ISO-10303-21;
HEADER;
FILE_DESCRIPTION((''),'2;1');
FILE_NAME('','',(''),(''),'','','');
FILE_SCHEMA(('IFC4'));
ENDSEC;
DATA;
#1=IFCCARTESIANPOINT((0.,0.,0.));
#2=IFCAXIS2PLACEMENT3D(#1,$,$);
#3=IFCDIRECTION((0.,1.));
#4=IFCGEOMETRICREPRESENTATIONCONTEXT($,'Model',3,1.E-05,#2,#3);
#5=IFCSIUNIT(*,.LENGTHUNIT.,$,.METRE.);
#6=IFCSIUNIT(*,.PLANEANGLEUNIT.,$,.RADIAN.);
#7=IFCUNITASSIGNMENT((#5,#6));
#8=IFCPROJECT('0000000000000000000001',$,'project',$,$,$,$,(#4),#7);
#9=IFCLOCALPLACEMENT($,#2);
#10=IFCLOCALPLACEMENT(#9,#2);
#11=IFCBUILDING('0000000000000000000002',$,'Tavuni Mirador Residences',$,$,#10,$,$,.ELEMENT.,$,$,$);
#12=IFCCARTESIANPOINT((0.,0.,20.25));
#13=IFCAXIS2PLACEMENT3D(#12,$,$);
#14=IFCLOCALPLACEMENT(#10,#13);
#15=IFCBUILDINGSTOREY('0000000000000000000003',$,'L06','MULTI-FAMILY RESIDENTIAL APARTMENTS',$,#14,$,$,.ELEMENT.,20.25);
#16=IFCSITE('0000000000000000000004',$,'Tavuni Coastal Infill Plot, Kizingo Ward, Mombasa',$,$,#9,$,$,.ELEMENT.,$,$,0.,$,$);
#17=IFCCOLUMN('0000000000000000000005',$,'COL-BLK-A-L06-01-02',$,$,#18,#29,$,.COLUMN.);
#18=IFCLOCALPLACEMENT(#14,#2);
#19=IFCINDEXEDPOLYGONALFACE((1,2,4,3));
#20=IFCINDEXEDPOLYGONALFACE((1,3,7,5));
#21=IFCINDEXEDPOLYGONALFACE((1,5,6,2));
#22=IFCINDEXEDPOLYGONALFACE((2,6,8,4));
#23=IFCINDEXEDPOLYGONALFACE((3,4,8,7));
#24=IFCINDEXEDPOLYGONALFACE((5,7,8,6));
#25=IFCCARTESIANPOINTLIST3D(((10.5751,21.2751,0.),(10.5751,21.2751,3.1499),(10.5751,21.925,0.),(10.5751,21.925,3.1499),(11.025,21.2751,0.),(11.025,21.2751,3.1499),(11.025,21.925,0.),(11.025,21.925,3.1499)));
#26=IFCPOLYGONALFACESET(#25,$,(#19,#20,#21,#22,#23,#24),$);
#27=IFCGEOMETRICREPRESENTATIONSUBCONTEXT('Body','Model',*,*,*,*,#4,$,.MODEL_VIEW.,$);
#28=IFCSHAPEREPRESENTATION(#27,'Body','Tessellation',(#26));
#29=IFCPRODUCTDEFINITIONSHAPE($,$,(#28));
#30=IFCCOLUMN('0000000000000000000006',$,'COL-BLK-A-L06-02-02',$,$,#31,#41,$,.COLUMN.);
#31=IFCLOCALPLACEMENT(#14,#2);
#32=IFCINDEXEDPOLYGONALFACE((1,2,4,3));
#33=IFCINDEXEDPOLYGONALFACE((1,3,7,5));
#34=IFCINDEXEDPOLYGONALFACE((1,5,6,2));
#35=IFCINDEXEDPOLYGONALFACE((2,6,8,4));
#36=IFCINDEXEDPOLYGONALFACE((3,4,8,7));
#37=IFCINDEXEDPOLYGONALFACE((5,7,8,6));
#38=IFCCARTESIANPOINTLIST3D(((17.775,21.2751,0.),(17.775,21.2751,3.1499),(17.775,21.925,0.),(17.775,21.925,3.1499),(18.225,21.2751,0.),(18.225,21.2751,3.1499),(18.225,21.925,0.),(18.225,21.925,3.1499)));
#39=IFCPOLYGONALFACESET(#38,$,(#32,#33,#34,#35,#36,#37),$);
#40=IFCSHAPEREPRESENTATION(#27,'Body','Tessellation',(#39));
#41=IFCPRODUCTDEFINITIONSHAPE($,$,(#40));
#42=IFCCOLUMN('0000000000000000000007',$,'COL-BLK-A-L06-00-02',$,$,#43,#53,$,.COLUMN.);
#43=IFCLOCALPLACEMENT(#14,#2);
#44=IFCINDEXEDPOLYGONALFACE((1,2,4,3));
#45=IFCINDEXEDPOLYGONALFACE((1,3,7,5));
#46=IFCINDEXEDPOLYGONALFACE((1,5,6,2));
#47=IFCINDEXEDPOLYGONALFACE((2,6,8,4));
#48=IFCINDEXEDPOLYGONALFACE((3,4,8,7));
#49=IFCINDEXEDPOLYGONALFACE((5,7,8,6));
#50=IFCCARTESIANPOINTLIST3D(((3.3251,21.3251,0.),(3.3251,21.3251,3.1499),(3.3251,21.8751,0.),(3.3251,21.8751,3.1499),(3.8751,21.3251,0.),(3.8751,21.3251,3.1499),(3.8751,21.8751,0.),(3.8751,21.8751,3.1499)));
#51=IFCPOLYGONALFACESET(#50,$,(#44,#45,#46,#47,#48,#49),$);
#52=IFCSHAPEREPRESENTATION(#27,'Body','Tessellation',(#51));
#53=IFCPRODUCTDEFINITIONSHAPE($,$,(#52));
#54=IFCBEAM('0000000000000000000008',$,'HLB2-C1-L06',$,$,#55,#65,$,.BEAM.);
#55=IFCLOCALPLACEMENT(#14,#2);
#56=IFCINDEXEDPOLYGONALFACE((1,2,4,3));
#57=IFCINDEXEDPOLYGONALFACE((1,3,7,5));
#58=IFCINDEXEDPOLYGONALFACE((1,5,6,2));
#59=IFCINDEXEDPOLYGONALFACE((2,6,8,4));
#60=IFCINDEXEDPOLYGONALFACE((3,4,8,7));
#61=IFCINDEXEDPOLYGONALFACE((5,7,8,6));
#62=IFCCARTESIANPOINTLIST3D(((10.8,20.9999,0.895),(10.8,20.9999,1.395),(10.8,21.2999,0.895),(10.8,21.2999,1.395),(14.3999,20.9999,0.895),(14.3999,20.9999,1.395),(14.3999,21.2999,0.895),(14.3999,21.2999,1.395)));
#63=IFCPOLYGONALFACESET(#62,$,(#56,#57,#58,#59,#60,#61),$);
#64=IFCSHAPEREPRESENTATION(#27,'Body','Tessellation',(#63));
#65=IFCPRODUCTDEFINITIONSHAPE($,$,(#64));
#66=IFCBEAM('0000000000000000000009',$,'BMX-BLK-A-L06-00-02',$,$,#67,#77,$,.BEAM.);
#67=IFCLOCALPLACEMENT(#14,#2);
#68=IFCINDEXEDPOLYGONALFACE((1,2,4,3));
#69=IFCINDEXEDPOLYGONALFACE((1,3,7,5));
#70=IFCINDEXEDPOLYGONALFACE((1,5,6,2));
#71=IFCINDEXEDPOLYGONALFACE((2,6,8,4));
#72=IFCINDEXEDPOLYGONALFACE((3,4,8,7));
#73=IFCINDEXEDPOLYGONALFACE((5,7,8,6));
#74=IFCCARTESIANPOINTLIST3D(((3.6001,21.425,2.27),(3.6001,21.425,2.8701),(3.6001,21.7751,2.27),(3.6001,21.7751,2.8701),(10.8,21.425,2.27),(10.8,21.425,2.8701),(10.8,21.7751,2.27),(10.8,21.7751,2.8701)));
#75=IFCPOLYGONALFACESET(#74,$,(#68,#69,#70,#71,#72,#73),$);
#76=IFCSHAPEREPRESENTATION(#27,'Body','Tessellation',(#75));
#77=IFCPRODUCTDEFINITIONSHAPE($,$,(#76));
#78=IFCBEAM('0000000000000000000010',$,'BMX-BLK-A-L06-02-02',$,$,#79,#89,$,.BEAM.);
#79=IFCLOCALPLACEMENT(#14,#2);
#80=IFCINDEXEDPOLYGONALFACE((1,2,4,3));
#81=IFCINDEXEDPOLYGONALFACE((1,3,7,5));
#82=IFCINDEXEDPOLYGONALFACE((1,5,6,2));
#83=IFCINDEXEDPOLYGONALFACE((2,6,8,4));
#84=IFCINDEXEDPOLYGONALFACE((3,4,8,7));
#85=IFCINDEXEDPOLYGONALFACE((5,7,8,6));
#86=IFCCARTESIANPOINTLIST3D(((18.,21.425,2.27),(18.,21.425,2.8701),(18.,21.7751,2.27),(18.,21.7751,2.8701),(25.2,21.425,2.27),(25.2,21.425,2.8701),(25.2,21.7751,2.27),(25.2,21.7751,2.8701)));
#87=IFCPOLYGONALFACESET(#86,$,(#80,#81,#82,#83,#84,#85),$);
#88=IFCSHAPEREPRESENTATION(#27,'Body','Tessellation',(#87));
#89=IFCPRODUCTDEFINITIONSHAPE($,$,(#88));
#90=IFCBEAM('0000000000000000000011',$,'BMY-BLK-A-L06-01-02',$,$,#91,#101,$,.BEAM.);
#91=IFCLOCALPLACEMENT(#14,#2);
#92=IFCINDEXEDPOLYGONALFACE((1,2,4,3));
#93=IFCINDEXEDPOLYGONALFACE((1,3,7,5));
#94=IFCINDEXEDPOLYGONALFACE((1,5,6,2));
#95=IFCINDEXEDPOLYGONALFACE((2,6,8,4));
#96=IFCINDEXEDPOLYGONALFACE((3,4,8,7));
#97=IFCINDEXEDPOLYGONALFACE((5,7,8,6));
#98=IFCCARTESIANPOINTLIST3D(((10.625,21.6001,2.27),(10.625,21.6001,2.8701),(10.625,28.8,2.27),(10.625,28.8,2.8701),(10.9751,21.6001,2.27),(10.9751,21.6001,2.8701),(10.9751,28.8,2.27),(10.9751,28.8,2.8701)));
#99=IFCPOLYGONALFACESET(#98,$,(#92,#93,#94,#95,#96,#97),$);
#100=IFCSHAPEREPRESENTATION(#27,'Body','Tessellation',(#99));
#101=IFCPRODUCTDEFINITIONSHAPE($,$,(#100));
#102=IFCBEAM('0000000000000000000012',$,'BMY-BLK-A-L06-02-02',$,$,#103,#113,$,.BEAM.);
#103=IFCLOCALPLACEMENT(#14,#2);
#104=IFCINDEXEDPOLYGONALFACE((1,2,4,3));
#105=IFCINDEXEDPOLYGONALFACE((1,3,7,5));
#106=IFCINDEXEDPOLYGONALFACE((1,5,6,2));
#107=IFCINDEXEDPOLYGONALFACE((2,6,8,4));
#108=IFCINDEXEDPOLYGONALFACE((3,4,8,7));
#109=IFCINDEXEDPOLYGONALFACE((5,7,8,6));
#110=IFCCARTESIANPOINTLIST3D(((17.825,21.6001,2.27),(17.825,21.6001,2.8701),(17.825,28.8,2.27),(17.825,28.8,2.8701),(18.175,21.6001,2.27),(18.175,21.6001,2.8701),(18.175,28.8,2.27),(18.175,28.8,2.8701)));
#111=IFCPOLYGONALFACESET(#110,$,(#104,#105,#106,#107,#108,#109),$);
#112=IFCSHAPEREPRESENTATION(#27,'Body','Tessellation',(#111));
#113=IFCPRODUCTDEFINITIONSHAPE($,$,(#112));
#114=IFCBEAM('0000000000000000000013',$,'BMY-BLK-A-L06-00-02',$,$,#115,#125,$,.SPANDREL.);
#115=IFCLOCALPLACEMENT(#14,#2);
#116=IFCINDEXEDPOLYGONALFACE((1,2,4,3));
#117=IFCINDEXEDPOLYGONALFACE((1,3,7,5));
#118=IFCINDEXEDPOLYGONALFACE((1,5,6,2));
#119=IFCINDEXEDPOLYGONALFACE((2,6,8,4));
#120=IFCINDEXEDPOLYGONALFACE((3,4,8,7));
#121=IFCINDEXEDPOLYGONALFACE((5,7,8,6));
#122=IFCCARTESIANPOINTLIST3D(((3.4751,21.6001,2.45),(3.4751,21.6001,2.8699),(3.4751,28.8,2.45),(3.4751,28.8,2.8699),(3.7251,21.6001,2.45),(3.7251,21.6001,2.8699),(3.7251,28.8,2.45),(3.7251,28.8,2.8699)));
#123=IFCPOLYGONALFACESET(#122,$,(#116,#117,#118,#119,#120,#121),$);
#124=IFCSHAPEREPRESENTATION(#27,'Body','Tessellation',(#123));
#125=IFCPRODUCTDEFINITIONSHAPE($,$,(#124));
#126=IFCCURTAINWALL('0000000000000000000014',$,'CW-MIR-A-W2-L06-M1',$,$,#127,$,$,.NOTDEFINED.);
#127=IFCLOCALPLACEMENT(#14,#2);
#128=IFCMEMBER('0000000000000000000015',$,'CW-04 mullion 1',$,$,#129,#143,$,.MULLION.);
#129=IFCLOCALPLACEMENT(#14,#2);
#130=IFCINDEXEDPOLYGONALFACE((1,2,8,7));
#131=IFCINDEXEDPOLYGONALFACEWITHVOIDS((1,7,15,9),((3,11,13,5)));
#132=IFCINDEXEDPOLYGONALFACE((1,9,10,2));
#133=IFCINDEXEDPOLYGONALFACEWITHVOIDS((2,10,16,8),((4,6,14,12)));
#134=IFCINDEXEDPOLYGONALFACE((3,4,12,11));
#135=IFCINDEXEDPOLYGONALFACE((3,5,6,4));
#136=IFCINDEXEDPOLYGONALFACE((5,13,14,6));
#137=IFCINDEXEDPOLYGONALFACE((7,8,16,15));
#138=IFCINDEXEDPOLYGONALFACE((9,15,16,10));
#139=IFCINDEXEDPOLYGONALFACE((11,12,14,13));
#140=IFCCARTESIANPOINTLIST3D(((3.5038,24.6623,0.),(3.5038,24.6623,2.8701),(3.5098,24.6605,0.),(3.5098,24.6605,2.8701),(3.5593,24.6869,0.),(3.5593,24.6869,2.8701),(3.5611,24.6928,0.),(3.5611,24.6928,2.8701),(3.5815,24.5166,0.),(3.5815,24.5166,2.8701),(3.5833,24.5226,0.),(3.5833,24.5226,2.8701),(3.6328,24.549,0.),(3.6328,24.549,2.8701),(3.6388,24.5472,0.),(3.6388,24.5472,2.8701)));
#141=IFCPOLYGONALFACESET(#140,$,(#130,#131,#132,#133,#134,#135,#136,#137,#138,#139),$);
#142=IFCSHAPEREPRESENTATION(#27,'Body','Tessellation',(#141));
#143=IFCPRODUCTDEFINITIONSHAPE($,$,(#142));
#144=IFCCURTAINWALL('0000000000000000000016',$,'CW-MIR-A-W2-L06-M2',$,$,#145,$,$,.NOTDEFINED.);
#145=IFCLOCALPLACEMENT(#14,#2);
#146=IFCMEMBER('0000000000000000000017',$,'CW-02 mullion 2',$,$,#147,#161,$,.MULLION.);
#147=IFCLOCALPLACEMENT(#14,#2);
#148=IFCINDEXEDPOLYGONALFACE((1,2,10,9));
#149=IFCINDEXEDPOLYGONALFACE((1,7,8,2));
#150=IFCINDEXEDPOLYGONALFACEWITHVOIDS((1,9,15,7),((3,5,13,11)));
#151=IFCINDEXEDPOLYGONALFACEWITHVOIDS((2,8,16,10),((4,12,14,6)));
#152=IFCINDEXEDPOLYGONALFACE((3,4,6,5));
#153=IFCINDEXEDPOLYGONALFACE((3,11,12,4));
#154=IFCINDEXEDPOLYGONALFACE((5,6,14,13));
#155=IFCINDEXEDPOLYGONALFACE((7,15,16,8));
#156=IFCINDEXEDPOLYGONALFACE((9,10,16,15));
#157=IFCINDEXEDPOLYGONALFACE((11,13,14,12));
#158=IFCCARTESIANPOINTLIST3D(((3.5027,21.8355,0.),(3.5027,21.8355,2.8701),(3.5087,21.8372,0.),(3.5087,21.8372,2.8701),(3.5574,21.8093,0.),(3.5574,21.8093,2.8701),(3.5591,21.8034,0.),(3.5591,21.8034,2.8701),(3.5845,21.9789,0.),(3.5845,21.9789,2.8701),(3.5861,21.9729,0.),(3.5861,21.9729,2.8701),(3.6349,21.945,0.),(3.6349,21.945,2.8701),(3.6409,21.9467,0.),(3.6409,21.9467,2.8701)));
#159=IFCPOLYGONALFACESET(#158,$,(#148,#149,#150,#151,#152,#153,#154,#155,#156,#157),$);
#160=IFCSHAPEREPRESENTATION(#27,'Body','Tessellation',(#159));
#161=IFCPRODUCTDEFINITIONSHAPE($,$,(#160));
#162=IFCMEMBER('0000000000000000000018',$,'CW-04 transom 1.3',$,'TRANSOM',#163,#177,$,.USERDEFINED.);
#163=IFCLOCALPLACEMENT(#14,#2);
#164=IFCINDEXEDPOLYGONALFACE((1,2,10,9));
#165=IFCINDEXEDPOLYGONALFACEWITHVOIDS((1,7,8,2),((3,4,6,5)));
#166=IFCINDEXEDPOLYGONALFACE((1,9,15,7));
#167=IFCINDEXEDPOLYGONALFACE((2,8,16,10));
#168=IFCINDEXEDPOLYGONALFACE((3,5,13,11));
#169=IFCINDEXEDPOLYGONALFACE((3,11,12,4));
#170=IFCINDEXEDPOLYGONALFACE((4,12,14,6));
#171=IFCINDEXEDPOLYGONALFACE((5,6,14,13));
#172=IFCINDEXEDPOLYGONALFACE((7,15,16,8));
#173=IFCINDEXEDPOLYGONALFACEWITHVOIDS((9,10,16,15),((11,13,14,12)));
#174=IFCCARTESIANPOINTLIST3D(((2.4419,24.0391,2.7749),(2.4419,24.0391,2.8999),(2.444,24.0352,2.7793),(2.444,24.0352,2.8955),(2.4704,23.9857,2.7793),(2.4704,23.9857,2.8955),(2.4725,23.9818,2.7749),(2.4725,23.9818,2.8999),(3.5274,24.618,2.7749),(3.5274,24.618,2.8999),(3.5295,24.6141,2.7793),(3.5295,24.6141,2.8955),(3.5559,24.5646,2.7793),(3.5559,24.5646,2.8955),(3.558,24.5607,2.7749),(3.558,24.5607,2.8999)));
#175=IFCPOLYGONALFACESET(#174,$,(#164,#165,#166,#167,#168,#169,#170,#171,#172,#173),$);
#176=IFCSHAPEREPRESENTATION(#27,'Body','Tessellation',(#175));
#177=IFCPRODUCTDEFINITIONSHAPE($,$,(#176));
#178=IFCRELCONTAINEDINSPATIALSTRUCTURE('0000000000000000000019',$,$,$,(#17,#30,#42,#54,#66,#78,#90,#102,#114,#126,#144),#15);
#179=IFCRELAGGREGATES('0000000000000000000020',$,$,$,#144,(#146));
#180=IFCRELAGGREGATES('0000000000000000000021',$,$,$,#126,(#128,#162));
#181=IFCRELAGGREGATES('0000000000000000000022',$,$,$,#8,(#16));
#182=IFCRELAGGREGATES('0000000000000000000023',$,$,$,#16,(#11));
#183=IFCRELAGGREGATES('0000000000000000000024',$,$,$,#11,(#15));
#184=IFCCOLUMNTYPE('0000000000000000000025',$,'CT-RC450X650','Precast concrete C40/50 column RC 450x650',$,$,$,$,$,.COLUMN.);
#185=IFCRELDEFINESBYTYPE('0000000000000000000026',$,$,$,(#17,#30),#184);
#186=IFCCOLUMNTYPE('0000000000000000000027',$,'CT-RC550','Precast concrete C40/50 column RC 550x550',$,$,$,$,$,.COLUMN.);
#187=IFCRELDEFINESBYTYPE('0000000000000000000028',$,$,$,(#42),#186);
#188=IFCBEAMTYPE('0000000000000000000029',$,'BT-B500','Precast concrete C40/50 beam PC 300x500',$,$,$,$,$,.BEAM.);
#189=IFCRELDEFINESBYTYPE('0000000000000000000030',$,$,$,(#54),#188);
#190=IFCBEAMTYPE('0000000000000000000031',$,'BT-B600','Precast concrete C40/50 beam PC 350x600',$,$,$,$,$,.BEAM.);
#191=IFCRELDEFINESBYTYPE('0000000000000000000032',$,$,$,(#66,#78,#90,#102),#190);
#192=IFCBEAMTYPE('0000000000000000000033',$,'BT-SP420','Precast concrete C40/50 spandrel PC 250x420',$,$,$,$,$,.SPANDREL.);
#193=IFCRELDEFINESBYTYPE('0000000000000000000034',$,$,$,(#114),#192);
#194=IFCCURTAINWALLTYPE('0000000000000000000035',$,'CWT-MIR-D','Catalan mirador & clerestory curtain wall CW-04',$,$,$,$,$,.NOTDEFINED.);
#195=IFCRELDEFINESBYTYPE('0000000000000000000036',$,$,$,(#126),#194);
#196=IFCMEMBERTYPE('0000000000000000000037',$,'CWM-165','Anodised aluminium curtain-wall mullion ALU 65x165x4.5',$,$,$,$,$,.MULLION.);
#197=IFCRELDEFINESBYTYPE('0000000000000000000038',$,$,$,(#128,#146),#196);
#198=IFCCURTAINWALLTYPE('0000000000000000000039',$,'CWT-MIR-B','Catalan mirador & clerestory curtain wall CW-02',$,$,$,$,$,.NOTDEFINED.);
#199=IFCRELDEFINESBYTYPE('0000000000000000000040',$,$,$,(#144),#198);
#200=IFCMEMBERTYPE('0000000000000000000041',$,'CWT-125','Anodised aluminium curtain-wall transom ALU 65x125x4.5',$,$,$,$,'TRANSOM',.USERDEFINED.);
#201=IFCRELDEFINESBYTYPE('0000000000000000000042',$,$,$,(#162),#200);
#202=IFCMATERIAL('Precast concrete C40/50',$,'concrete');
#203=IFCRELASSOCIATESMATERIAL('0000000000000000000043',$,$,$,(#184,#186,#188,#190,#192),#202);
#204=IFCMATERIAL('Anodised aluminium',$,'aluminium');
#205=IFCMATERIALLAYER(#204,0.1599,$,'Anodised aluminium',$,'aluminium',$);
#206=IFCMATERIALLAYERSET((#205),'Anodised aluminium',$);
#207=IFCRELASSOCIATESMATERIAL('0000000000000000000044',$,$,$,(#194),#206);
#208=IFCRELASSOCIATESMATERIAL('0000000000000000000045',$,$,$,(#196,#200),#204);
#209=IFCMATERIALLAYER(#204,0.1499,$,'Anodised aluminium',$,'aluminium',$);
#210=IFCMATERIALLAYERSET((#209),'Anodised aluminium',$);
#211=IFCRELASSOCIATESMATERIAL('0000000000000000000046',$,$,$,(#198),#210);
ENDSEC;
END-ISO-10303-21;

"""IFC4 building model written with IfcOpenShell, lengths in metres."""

from ifc_helpers import new_model, si_unit, direction, frame, origin, origin_2d, place, context, subcontext, project, spatial, rectangle, hollow_rectangle, extrude, material, layer, layer_set, material_profile, profile_set, type_object, element, aggregate, save


model = new_model("IFC4")

# Units and contexts
model_context = context("Model", 3, precision=1e-05, world=origin(), true_north=direction((0.0, 1.0)))
body_context = subcontext(model_context, "Body", "Model", "MODEL_VIEW")
ifc_project = project(units=[si_unit("LENGTHUNIT", "METRE"), si_unit("PLANEANGLEUNIT", "RADIAN")], contexts=[model_context])

# Site, building, storey
site_placement = place(None, origin())
site = spatial("IfcSite", under=ifc_project, at=site_placement, Name="Tavuni Coastal Infill Plot, Kizingo Ward, Mombasa", CompositionType="ELEMENT", RefElevation=0.0)
building_placement = place(site_placement, origin())
building = spatial("IfcBuilding", under=site, at=building_placement, Name="Tavuni Mirador Residences", CompositionType="ELEMENT")
storey_placement = place(building_placement, frame((0.0, 0.0, 20.25)))
storey = spatial("IfcBuildingStorey", under=building, at=storey_placement, Name="L06", Description="MULTI-FAMILY RESIDENTIAL APARTMENTS", CompositionType="ELEMENT", Elevation=20.25)

# Columns
ifc_material_1 = material(Name="Precast concrete C40/50", Category="concrete")
ifc_material_profile_1 = material_profile(ifc_material_1, rectangle(XDim=0.45, YDim=0.6499, at=origin_2d()), Name="RC 450x650", Category="concrete")
ifc_profile_set_1 = profile_set([ifc_material_profile_1], Name="Precast concrete C40/50")
column_type_1 = type_object("IfcColumnType", Name="CT-RC450X650", Description="Precast concrete C40/50 column RC 450x650", PredefinedType="COLUMN", material=ifc_profile_set_1)
for number, where, z_axis, x_axis, name in (
    (1, (10.8, 21.6001, 0.0), (0.0, 0.0, 1.0), (1.0, 0.0, 0.0), "COL-BLK-A-L06-01-02"),
    (2, (18.0, 21.6001, 0.0), (0.0, 0.0, 1.0), (1.0, 0.0, 0.0), "COL-BLK-A-L06-02-02"),
):
    element("IfcColumn", number, at=place(storey_placement, frame(where, z_axis=z_axis, x_axis=x_axis)), inside=storey, type_object=column_type_1, Name=name, PredefinedType="COLUMN", context=body_context, shape_type="SweptSolid", body=[
        extrude(rectangle(XDim=0.45, YDim=0.6499, at=origin_2d()), origin(), (0.0, 0.0, 1.0), 3.1499),
    ])
ifc_material_profile_2 = material_profile(ifc_material_1, rectangle(XDim=0.55, YDim=0.55, at=origin_2d()), Name="RC 550x550", Category="concrete")
ifc_profile_set_2 = profile_set([ifc_material_profile_2], Name="Precast concrete C40/50")
column_type_2 = type_object("IfcColumnType", Name="CT-RC550", Description="Precast concrete C40/50 column RC 550x550", PredefinedType="COLUMN", material=ifc_profile_set_2)
column_placement = place(storey_placement, frame((3.6001, 21.6001, 0.0), z_axis=(0.0, 0.0, 1.0), x_axis=(1.0, 0.0, 0.0)))
element("IfcColumn", 3, at=column_placement, inside=storey, type_object=column_type_2, Name="COL-BLK-A-L06-00-02", PredefinedType="COLUMN", context=body_context, shape_type="SweptSolid", body=[
    extrude(rectangle(XDim=0.55, YDim=0.55, at=origin_2d()), origin(), (0.0, 0.0, 1.0), 3.1499),
])

# Beams
ifc_material_profile_3 = material_profile(ifc_material_1, rectangle(XDim=0.3, YDim=0.5, at=origin_2d()), Name="PC 300x500", Category="concrete")
ifc_profile_set_3 = profile_set([ifc_material_profile_3], Name="Precast concrete C40/50")
beam_type_1 = type_object("IfcBeamType", Name="BT-B500", Description="Precast concrete C40/50 beam PC 300x500", PredefinedType="BEAM", material=ifc_profile_set_3)
beam_1_placement = place(storey_placement, frame((10.8, 21.1499, 1.145), z_axis=(1.0, 0.0, 0.0), x_axis=(0.0, 1.0, 0.0)))
element("IfcBeam", 4, at=beam_1_placement, inside=storey, type_object=beam_type_1, Name="HLB2-C1-L06", PredefinedType="BEAM", context=body_context, shape_type="SweptSolid", body=[
    extrude(rectangle(XDim=0.3, YDim=0.5, at=origin_2d()), origin(), (0.0, 0.0, 1.0), 3.5999),
])
ifc_material_profile_4 = material_profile(ifc_material_1, rectangle(XDim=0.3501, YDim=0.6001, at=origin_2d()), Name="PC 350x600", Category="concrete")
ifc_profile_set_4 = profile_set([ifc_material_profile_4], Name="Precast concrete C40/50")
beam_type_2 = type_object("IfcBeamType", Name="BT-B600", Description="Precast concrete C40/50 beam PC 350x600", PredefinedType="BEAM", material=ifc_profile_set_4)
for number, where, z_axis, x_axis, name in (
    (5, (3.6001, 21.6001, 2.5701), (1.0, 0.0, 0.0), (0.0, 1.0, 0.0), "BMX-BLK-A-L06-00-02"),
    (6, (18.0, 21.6001, 2.5701), (1.0, 0.0, 0.0), (0.0, 1.0, 0.0), "BMX-BLK-A-L06-02-02"),
    (7, (10.8, 21.6001, 2.5701), (0.0, 1.0, 0.0), (-1.0, 0.0, 0.0), "BMY-BLK-A-L06-01-02"),
    (8, (18.0, 21.6001, 2.5701), (0.0, 1.0, 0.0), (-1.0, 0.0, 0.0), "BMY-BLK-A-L06-02-02"),
):
    element("IfcBeam", number, at=place(storey_placement, frame(where, z_axis=z_axis, x_axis=x_axis)), inside=storey, type_object=beam_type_2, Name=name, PredefinedType="BEAM", context=body_context, shape_type="SweptSolid", body=[
        extrude(rectangle(XDim=0.3501, YDim=0.6001, at=origin_2d()), origin(), (0.0, 0.0, 1.0), 7.2),
    ])
ifc_material_profile_5 = material_profile(ifc_material_1, rectangle(XDim=0.25, YDim=0.4199, at=origin_2d()), Name="PC 250x420", Category="concrete")
ifc_profile_set_5 = profile_set([ifc_material_profile_5], Name="Precast concrete C40/50")
beam_type_3 = type_object("IfcBeamType", Name="BT-SP420", Description="Precast concrete C40/50 spandrel PC 250x420", PredefinedType="SPANDREL", material=ifc_profile_set_5)
beam_2_placement = place(storey_placement, frame((3.6001, 21.6001, 2.6599), z_axis=(0.0, 1.0, 0.0), x_axis=(-1.0, 0.0, 0.0)))
element("IfcBeam", 9, at=beam_2_placement, inside=storey, type_object=beam_type_3, Name="BMY-BLK-A-L06-00-02", PredefinedType="SPANDREL", context=body_context, shape_type="SweptSolid", body=[
    extrude(rectangle(XDim=0.25, YDim=0.4199, at=origin_2d()), origin(), (0.0, 0.0, 1.0), 7.2),
])

# Curtain walls, members
ifc_material_2 = material(Name="Anodised aluminium", Category="aluminium")
ifc_layer_1 = layer(ifc_material_2, 0.1599, Name="Anodised aluminium", Category="aluminium")
ifc_layer_set_1 = layer_set([ifc_layer_1], Name="Anodised aluminium")
curtain_wall_type_1 = type_object("IfcCurtainWallType", Name="CWT-MIR-D", Description="Catalan mirador & clerestory curtain wall CW-04", PredefinedType="NOTDEFINED", material=ifc_layer_set_1)
curtain_wall_1_placement = place(storey_placement, origin())
curtain_wall_1 = element("IfcCurtainWall", 10, at=curtain_wall_1_placement, inside=storey, type_object=curtain_wall_type_1, Name="CW-MIR-A-W2-L06-M1", PredefinedType="NOTDEFINED")
ifc_material_profile_6 = material_profile(ifc_material_2, hollow_rectangle(XDim=0.0649, YDim=0.165, WallThickness=0.0044, at=origin_2d()), Name="ALU 65x165x4.5", Category="aluminium")
ifc_profile_set_6 = profile_set([ifc_material_profile_6], Name="Anodised aluminium")
member_type_1 = type_object("IfcMemberType", Name="CWM-165", Description="Anodised aluminium curtain-wall mullion ALU 65x165x4.5", PredefinedType="MULLION", material=ifc_profile_set_6)
member_1_placement = place(storey_placement, frame((3.5713, 24.6047, 0.0), z_axis=(0.0, 0.0, 1.0), x_axis=(-0.882353, -0.470588, 0.0)))
member_1 = element("IfcMember", 11, at=member_1_placement, type_object=member_type_1, Name="CW-04 mullion 1", PredefinedType="MULLION", context=body_context, shape_type="SweptSolid", body=[
    extrude(hollow_rectangle(XDim=0.0649, YDim=0.165, WallThickness=0.0044, at=origin_2d()), origin(), (0.0, 0.0, 1.0), 2.8701),
])
ifc_layer_2 = layer(ifc_material_2, 0.1499, Name="Anodised aluminium", Category="aluminium")
ifc_layer_set_2 = layer_set([ifc_layer_2], Name="Anodised aluminium")
curtain_wall_type_2 = type_object("IfcCurtainWallType", Name="CWT-MIR-B", Description="Catalan mirador & clerestory curtain wall CW-02", PredefinedType="NOTDEFINED", material=ifc_layer_set_2)
curtain_wall_2_placement = place(storey_placement, origin())
curtain_wall_2 = element("IfcCurtainWall", 12, at=curtain_wall_2_placement, inside=storey, type_object=curtain_wall_type_2, Name="CW-MIR-A-W2-L06-M2", PredefinedType="NOTDEFINED")
member_2_placement = place(storey_placement, frame((3.5718, 21.8911, 0.0), z_axis=(0.0, 0.0, 1.0), x_axis=(0.868466, -0.495749, 0.0)))
member_2 = element("IfcMember", 13, at=member_2_placement, type_object=member_type_1, Name="CW-02 mullion 2", PredefinedType="MULLION", context=body_context, shape_type="SweptSolid", body=[
    extrude(hollow_rectangle(XDim=0.0649, YDim=0.165, WallThickness=0.0044, at=origin_2d()), origin(), (0.0, 0.0, 1.0), 2.8701),
])
aggregate(curtain_wall_2, [member_2])

# Member
ifc_material_profile_7 = material_profile(ifc_material_2, hollow_rectangle(XDim=0.0649, YDim=0.125, WallThickness=0.0044, at=origin_2d()), Name="ALU 65x125x4.5", Category="aluminium")
ifc_profile_set_7 = profile_set([ifc_material_profile_7], Name="Anodised aluminium")
member_type_2 = type_object("IfcMemberType", Name="CWT-125", Description="Anodised aluminium curtain-wall transom ALU 65x125x4.5", ElementType="TRANSOM", PredefinedType="USERDEFINED", material=ifc_profile_set_7)
member_3_placement = place(storey_placement, frame((3.5427, 24.5894, 2.8374), z_axis=(-0.882369, -0.470557, 0.0), x_axis=(0.470557, -0.882369, 0.0)))
member_3 = element("IfcMember", 14, at=member_3_placement, type_object=member_type_2, Name="CW-04 transom 1.3", ObjectType="TRANSOM", PredefinedType="USERDEFINED", context=body_context, shape_type="SweptSolid", body=[
    extrude(hollow_rectangle(XDim=0.0649, YDim=0.125, WallThickness=0.0044, at=origin_2d()), origin(), (0.0, 0.0, 1.0), 1.2302),
])
aggregate(curtain_wall_1, [member_1, member_3])

save(model, "model.ifc")
